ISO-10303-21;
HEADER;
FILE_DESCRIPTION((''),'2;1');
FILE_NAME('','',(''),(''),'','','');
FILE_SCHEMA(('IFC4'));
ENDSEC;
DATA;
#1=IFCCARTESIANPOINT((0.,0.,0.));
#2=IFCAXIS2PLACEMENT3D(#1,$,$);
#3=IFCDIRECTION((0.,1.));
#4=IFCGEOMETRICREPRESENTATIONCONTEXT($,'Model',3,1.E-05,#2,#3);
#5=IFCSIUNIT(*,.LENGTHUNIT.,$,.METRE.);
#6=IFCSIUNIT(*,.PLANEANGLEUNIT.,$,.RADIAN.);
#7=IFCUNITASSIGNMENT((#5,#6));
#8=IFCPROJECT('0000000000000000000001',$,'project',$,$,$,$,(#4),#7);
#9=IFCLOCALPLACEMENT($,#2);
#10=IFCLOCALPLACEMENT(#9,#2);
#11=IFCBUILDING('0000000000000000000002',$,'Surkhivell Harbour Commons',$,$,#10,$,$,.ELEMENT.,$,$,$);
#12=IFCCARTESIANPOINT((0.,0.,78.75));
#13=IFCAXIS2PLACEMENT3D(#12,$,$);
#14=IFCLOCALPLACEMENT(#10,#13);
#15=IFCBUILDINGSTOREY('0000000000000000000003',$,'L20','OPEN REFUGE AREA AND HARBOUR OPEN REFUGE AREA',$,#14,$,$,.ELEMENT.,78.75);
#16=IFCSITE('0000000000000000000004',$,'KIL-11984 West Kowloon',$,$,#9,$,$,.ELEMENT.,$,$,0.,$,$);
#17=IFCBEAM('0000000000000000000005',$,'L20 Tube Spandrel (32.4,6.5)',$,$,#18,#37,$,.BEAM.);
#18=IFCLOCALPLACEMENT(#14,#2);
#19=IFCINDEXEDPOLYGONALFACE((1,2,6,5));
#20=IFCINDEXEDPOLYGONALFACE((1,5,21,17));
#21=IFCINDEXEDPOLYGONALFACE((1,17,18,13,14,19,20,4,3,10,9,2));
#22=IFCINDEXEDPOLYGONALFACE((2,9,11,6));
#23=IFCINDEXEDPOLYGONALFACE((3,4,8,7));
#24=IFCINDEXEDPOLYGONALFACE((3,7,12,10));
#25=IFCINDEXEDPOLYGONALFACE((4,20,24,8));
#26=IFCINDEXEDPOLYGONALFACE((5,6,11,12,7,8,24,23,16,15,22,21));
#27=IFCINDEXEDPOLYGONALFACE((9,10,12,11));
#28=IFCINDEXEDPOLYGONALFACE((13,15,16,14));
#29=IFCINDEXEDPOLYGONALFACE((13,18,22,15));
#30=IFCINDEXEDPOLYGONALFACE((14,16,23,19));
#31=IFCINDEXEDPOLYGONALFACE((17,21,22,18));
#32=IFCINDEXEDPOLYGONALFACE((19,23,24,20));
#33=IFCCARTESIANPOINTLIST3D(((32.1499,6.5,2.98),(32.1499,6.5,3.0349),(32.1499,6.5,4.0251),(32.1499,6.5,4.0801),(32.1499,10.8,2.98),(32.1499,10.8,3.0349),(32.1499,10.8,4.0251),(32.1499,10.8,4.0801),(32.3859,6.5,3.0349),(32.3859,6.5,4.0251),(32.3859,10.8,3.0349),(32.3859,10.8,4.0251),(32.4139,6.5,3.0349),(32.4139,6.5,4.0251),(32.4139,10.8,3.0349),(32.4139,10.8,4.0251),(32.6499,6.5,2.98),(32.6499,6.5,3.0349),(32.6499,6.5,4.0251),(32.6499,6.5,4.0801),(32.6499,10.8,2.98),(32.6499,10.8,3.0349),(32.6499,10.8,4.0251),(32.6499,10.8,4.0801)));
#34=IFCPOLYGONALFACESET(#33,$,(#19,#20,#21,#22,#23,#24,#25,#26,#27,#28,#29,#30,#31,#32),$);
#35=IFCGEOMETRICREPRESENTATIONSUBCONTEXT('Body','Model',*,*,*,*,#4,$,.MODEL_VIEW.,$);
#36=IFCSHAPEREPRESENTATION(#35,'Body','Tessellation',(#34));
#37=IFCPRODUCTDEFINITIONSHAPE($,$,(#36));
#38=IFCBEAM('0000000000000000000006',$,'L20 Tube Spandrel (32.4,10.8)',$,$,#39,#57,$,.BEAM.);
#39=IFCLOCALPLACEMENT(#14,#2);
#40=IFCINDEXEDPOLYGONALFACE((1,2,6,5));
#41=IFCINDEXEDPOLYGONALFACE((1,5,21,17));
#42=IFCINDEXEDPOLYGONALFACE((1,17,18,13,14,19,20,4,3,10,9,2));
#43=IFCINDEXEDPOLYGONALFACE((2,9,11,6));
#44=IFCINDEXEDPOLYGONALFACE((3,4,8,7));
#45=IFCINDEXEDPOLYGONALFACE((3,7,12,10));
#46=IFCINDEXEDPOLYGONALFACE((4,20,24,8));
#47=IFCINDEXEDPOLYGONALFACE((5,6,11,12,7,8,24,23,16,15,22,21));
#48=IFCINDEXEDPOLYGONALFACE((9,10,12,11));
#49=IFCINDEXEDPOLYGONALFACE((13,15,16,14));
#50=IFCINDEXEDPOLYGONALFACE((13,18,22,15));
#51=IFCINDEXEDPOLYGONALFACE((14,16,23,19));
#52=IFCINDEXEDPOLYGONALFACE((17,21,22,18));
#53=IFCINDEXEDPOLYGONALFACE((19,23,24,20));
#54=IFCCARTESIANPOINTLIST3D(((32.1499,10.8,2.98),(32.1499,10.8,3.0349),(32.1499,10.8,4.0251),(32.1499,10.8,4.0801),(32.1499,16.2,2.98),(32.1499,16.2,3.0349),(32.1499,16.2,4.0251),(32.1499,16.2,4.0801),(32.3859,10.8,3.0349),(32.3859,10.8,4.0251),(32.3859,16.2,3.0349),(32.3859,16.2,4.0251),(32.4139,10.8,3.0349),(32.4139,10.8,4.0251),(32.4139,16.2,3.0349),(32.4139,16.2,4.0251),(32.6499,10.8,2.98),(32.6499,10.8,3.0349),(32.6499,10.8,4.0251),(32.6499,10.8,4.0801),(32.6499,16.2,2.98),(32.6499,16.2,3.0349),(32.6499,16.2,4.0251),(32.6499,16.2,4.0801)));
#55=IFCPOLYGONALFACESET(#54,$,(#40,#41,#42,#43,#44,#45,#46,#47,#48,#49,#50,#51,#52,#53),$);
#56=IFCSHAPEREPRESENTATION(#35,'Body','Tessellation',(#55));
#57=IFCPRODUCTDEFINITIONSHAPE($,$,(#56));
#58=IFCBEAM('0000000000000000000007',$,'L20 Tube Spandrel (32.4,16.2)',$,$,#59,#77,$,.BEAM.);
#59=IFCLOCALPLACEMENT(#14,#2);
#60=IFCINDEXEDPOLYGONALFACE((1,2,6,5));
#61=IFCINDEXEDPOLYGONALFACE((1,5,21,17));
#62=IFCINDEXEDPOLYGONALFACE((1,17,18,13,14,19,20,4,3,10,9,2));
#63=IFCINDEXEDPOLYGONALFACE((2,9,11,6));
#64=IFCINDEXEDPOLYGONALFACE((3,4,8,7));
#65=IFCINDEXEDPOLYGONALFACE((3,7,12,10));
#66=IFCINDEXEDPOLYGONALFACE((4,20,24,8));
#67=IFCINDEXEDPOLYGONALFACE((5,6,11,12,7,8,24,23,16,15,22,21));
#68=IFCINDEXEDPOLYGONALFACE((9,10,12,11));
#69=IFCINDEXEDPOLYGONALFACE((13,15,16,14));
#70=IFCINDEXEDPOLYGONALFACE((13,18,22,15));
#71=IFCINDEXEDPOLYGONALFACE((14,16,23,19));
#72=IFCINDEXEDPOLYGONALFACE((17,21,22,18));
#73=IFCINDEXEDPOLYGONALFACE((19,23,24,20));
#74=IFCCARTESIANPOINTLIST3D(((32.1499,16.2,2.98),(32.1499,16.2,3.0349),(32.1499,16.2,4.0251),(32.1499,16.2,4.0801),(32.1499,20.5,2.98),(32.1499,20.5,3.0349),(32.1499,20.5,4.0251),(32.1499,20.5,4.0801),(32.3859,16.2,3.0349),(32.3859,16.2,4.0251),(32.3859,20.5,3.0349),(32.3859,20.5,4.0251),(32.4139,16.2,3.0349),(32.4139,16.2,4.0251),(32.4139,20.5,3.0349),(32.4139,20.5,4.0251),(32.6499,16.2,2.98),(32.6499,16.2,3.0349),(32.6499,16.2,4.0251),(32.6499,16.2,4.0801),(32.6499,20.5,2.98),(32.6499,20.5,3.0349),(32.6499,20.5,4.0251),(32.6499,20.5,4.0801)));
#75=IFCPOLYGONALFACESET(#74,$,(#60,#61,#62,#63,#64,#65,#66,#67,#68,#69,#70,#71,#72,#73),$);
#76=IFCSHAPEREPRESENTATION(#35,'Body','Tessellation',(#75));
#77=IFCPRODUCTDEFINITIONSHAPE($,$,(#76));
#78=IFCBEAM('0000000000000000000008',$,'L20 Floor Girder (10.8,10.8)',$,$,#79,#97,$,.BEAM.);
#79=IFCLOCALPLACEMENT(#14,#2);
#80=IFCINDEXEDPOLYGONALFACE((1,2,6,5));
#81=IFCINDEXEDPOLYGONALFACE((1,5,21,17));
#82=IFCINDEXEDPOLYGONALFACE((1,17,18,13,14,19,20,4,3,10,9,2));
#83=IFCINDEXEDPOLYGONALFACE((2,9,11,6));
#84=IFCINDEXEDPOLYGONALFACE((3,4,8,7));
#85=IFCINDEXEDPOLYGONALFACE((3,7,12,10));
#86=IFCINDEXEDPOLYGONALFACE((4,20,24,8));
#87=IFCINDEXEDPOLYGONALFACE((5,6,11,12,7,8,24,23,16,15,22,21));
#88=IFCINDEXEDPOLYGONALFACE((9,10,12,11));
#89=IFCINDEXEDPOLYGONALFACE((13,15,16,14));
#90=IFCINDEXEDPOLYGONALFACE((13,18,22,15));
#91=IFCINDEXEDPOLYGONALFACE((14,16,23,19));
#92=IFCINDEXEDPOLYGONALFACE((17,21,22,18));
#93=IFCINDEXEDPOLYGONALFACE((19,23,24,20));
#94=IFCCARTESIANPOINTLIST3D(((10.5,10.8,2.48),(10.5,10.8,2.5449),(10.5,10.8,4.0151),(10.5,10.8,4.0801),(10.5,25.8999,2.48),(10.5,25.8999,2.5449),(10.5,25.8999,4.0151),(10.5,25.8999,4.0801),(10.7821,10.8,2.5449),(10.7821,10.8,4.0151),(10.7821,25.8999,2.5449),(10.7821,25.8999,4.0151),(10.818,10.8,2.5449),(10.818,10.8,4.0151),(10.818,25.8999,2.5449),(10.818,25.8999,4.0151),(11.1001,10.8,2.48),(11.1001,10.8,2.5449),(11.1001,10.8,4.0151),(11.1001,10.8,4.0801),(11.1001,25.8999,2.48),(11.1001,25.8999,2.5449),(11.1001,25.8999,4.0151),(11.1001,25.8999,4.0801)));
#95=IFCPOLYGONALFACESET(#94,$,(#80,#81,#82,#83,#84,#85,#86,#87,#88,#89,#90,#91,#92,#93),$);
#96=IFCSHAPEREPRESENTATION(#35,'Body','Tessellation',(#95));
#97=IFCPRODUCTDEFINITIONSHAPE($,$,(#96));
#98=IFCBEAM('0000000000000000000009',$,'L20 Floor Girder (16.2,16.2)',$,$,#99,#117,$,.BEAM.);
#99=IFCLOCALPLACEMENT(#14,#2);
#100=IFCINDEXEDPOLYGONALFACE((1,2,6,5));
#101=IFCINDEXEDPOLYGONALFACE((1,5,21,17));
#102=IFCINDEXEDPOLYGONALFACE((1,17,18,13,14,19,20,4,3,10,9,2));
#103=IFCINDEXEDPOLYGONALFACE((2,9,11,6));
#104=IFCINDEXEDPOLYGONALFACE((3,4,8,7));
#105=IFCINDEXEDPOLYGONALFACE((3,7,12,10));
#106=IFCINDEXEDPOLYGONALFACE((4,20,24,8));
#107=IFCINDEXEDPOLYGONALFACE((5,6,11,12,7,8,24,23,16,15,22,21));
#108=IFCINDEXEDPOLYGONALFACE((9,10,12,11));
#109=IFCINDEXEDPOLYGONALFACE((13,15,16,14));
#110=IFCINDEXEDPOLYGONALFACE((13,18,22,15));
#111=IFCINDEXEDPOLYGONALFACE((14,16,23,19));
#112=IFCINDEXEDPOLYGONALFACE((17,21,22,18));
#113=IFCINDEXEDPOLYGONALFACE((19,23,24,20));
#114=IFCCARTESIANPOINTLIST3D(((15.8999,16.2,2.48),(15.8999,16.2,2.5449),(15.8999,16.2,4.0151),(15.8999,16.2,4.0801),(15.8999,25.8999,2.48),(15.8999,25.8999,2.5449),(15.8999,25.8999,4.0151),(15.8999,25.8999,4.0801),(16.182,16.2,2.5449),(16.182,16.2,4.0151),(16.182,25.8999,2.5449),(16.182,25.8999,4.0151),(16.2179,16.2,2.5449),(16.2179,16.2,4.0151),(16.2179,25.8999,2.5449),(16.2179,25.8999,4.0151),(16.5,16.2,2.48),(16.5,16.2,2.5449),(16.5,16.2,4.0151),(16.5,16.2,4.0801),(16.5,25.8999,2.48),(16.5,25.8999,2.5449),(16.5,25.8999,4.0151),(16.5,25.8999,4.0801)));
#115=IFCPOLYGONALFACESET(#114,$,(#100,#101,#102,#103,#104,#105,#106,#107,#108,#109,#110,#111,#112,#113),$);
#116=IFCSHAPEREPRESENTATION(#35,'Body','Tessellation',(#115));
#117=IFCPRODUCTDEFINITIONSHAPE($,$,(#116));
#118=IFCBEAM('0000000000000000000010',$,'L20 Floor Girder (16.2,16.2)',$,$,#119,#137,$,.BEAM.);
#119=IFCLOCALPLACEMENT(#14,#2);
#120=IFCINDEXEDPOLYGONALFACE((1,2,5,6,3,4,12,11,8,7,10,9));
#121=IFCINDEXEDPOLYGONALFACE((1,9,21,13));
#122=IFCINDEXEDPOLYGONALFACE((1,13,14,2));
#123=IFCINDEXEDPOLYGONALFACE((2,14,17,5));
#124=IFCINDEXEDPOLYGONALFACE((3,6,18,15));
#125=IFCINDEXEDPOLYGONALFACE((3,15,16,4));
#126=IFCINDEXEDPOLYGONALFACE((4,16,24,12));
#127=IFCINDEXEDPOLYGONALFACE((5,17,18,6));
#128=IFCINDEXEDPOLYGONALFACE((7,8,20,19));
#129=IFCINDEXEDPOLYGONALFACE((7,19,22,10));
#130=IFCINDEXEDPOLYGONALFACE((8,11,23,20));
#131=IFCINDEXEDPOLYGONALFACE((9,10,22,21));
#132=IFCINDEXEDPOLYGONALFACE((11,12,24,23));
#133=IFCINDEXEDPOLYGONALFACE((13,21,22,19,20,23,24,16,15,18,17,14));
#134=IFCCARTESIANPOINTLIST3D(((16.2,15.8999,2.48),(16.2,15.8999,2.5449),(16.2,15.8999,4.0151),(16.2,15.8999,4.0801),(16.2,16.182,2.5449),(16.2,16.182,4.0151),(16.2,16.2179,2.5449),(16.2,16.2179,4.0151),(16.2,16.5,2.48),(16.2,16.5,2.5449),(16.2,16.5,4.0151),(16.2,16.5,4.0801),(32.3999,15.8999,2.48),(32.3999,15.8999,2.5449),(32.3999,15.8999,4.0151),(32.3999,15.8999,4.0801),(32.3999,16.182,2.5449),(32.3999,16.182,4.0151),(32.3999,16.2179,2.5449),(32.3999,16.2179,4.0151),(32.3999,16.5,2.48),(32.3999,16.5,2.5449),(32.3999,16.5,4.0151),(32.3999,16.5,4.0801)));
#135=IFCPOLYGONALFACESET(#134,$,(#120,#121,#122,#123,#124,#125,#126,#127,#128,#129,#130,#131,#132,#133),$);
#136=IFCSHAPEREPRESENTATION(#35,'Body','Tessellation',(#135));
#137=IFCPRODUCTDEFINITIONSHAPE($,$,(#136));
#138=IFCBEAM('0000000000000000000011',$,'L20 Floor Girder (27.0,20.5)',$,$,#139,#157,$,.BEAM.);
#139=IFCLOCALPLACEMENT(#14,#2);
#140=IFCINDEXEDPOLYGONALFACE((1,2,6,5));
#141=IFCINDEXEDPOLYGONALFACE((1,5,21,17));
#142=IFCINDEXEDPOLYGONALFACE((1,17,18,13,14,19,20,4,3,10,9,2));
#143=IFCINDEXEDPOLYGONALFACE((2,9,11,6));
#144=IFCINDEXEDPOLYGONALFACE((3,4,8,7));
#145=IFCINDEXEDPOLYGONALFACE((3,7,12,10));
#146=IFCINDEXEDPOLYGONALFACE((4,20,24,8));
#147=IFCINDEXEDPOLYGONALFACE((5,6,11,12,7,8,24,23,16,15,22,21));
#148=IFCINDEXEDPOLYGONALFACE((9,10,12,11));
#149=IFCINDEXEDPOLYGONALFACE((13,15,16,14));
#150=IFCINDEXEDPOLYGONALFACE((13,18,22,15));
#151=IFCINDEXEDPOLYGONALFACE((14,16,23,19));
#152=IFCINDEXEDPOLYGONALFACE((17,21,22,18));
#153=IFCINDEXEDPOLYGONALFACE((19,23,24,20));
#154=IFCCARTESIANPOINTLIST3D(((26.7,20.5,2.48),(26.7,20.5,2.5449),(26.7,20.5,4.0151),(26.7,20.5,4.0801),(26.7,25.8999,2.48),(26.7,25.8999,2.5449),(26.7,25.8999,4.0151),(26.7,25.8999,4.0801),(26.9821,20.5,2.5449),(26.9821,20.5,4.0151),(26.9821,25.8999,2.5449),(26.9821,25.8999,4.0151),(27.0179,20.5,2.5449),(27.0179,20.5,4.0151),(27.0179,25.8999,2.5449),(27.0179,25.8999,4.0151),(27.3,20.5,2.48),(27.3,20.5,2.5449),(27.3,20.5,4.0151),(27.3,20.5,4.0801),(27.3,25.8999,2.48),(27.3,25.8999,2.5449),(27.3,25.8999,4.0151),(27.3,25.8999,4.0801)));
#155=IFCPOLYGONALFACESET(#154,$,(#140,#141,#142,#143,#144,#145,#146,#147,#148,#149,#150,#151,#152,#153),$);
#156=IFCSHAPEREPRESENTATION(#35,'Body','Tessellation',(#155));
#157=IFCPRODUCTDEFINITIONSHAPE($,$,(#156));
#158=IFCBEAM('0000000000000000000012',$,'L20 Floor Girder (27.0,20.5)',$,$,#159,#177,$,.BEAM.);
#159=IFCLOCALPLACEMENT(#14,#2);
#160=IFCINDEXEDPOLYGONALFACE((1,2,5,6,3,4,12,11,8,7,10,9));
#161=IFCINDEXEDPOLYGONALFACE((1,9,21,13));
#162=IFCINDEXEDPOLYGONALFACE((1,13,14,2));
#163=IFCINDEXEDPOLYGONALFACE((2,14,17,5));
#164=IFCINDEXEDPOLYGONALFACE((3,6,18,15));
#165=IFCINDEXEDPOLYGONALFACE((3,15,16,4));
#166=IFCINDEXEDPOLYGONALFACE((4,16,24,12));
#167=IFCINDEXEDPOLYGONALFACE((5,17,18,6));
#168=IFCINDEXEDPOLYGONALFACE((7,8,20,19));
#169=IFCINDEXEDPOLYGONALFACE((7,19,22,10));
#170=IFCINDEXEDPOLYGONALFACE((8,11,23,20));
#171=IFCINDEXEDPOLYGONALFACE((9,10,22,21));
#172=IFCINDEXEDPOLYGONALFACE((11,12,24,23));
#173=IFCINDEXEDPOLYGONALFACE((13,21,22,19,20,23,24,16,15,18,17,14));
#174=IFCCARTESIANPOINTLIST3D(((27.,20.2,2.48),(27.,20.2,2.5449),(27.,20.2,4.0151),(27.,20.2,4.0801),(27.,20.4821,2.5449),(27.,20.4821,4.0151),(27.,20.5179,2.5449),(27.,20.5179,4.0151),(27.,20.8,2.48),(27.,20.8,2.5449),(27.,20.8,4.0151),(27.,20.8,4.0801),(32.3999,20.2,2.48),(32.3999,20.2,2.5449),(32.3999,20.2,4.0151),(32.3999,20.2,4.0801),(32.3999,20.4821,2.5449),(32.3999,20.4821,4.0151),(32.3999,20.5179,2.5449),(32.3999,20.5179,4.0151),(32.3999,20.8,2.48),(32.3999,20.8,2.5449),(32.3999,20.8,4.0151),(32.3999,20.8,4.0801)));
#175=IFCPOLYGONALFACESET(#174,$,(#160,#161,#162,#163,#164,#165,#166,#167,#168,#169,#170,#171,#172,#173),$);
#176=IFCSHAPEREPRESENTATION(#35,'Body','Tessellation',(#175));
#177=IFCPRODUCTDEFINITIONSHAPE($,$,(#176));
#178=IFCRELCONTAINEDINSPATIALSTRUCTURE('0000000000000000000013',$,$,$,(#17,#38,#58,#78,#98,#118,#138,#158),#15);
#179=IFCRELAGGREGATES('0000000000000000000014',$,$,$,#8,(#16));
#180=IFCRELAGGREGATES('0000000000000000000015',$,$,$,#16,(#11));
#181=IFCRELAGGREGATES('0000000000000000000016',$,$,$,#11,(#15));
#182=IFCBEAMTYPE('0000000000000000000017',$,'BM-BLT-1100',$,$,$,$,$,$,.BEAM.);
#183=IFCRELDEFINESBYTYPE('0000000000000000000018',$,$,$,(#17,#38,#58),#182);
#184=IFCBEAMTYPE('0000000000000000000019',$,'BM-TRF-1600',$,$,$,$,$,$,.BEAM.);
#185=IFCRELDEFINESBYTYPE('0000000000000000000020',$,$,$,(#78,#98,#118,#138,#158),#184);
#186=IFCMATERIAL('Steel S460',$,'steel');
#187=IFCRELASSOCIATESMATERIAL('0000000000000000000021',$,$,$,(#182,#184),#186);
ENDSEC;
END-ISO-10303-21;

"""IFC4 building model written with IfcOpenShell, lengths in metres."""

from ifc_helpers import new_model, si_unit, direction, frame, origin, origin_2d, place, context, subcontext, project, spatial, i_section, extrude, material, material_profile, profile_set, type_object, element, save


model = new_model("IFC4")

# Units and contexts
model_context = context("Model", 3, precision=1e-05, world=origin(), true_north=direction((0.0, 1.0)))
body_context = subcontext(model_context, "Body", "Model", "MODEL_VIEW")
ifc_project = project(units=[si_unit("LENGTHUNIT", "METRE"), si_unit("PLANEANGLEUNIT", "RADIAN")], contexts=[model_context])

# Site, building, storey
site_placement = place(None, origin())
site = spatial("IfcSite", under=ifc_project, at=site_placement, Name="KIL-11984 West Kowloon", CompositionType="ELEMENT", RefElevation=0.0)
building_placement = place(site_placement, origin())
building = spatial("IfcBuilding", under=site, at=building_placement, Name="Surkhivell Harbour Commons", CompositionType="ELEMENT")
storey_placement = place(building_placement, frame((0.0, 0.0, 78.75)))
storey = spatial("IfcBuildingStorey", under=building, at=storey_placement, Name="L20", Description="OPEN REFUGE AREA AND HARBOUR OPEN REFUGE AREA", CompositionType="ELEMENT", Elevation=78.75)

# Beams
ifc_material_1 = material(Name="Steel S460", Category="steel")
ifc_material_profile_1 = material_profile(ifc_material_1, i_section(OverallWidth=0.5, OverallDepth=1.1001, WebThickness=0.0281, FlangeThickness=0.0549, at=origin_2d()), Name="WPG1100x500x210")
ifc_profile_set_1 = profile_set([ifc_material_profile_1], Name="Steel S460")
beam_type_1 = type_object("IfcBeamType", Name="BM-BLT-1100", PredefinedType="BEAM", material=ifc_profile_set_1)
beam_1_placement = place(storey_placement, frame((32.3999, 6.5, 3.53), z_axis=(0.0, 1.0, 0.0), x_axis=(-1.0, 0.0, 0.0)))
element("IfcBeam", 1, at=beam_1_placement, inside=storey, type_object=beam_type_1, Name="L20 Tube Spandrel (32.4,6.5)", PredefinedType="BEAM", context=body_context, shape_type="SweptSolid", body=[
    extrude(i_section(OverallWidth=0.5, OverallDepth=1.1001, WebThickness=0.0281, FlangeThickness=0.0549, at=origin_2d()), origin(), (0.0, 0.0, 1.0), 4.3),
])
beam_2_placement = place(storey_placement, frame((32.3999, 10.8, 3.53), z_axis=(0.0, 1.0, 0.0), x_axis=(-1.0, 0.0, 0.0)))
element("IfcBeam", 2, at=beam_2_placement, inside=storey, type_object=beam_type_1, Name="L20 Tube Spandrel (32.4,10.8)", PredefinedType="BEAM", context=body_context, shape_type="SweptSolid", body=[
    extrude(i_section(OverallWidth=0.5, OverallDepth=1.1001, WebThickness=0.0281, FlangeThickness=0.0549, at=origin_2d()), origin(), (0.0, 0.0, 1.0), 5.3999),
])
beam_3_placement = place(storey_placement, frame((32.3999, 16.2, 3.53), z_axis=(0.0, 1.0, 0.0), x_axis=(-1.0, 0.0, 0.0)))
element("IfcBeam", 3, at=beam_3_placement, inside=storey, type_object=beam_type_1, Name="L20 Tube Spandrel (32.4,16.2)", PredefinedType="BEAM", context=body_context, shape_type="SweptSolid", body=[
    extrude(i_section(OverallWidth=0.5, OverallDepth=1.1001, WebThickness=0.0281, FlangeThickness=0.0549, at=origin_2d()), origin(), (0.0, 0.0, 1.0), 4.3),
])
ifc_material_profile_2 = material_profile(ifc_material_1, i_section(OverallWidth=0.6001, OverallDepth=1.6001, WebThickness=0.0359, FlangeThickness=0.0649, at=origin_2d()), Name="WPG1600x600x296")
ifc_profile_set_2 = profile_set([ifc_material_profile_2], Name="Steel S460")
beam_type_2 = type_object("IfcBeamType", Name="BM-TRF-1600", PredefinedType="BEAM", material=ifc_profile_set_2)
beam_4_placement = place(storey_placement, frame((10.8, 10.8, 3.28), z_axis=(0.0, 1.0, 0.0), x_axis=(-1.0, 0.0, 0.0)))
element("IfcBeam", 4, at=beam_4_placement, inside=storey, type_object=beam_type_2, Name="L20 Floor Girder (10.8,10.8)", PredefinedType="BEAM", context=body_context, shape_type="SweptSolid", body=[
    extrude(i_section(OverallWidth=0.6001, OverallDepth=1.6001, WebThickness=0.0359, FlangeThickness=0.0649, at=origin_2d()), origin(), (0.0, 0.0, 1.0), 15.0999),
])
beam_5_placement = place(storey_placement, frame((16.2, 16.2, 3.28), z_axis=(0.0, 1.0, 0.0), x_axis=(-1.0, 0.0, 0.0)))
element("IfcBeam", 5, at=beam_5_placement, inside=storey, type_object=beam_type_2, Name="L20 Floor Girder (16.2,16.2)", PredefinedType="BEAM", context=body_context, shape_type="SweptSolid", body=[
    extrude(i_section(OverallWidth=0.6001, OverallDepth=1.6001, WebThickness=0.0359, FlangeThickness=0.0649, at=origin_2d()), origin(), (0.0, 0.0, 1.0), 9.7),
])
beam_6_placement = place(storey_placement, frame((16.2, 16.2, 3.28), z_axis=(1.0, 0.0, 0.0), x_axis=(0.0, 1.0, 0.0)))
element("IfcBeam", 6, at=beam_6_placement, inside=storey, type_object=beam_type_2, Name="L20 Floor Girder (16.2,16.2)", PredefinedType="BEAM", context=body_context, shape_type="SweptSolid", body=[
    extrude(i_section(OverallWidth=0.6001, OverallDepth=1.6001, WebThickness=0.0359, FlangeThickness=0.0649, at=origin_2d()), origin(), (0.0, 0.0, 1.0), 16.2),
])
for number, where, z_axis, x_axis, name in (
    (7, (27.0, 20.5, 3.28), (0.0, 1.0, 0.0), (-1.0, 0.0, 0.0), "L20 Floor Girder (27.0,20.5)"),
    (8, (27.0, 20.5, 3.28), (1.0, 0.0, 0.0), (0.0, 1.0, 0.0), "L20 Floor Girder (27.0,20.5)"),
):
    element("IfcBeam", number, at=place(storey_placement, frame(where, z_axis=z_axis, x_axis=x_axis)), inside=storey, type_object=beam_type_2, Name=name, PredefinedType="BEAM", context=body_context, shape_type="SweptSolid", body=[
        extrude(i_section(OverallWidth=0.6001, OverallDepth=1.6001, WebThickness=0.0359, FlangeThickness=0.0649, at=origin_2d()), origin(), (0.0, 0.0, 1.0), 5.3999),
    ])

save(model, "model.ifc")
